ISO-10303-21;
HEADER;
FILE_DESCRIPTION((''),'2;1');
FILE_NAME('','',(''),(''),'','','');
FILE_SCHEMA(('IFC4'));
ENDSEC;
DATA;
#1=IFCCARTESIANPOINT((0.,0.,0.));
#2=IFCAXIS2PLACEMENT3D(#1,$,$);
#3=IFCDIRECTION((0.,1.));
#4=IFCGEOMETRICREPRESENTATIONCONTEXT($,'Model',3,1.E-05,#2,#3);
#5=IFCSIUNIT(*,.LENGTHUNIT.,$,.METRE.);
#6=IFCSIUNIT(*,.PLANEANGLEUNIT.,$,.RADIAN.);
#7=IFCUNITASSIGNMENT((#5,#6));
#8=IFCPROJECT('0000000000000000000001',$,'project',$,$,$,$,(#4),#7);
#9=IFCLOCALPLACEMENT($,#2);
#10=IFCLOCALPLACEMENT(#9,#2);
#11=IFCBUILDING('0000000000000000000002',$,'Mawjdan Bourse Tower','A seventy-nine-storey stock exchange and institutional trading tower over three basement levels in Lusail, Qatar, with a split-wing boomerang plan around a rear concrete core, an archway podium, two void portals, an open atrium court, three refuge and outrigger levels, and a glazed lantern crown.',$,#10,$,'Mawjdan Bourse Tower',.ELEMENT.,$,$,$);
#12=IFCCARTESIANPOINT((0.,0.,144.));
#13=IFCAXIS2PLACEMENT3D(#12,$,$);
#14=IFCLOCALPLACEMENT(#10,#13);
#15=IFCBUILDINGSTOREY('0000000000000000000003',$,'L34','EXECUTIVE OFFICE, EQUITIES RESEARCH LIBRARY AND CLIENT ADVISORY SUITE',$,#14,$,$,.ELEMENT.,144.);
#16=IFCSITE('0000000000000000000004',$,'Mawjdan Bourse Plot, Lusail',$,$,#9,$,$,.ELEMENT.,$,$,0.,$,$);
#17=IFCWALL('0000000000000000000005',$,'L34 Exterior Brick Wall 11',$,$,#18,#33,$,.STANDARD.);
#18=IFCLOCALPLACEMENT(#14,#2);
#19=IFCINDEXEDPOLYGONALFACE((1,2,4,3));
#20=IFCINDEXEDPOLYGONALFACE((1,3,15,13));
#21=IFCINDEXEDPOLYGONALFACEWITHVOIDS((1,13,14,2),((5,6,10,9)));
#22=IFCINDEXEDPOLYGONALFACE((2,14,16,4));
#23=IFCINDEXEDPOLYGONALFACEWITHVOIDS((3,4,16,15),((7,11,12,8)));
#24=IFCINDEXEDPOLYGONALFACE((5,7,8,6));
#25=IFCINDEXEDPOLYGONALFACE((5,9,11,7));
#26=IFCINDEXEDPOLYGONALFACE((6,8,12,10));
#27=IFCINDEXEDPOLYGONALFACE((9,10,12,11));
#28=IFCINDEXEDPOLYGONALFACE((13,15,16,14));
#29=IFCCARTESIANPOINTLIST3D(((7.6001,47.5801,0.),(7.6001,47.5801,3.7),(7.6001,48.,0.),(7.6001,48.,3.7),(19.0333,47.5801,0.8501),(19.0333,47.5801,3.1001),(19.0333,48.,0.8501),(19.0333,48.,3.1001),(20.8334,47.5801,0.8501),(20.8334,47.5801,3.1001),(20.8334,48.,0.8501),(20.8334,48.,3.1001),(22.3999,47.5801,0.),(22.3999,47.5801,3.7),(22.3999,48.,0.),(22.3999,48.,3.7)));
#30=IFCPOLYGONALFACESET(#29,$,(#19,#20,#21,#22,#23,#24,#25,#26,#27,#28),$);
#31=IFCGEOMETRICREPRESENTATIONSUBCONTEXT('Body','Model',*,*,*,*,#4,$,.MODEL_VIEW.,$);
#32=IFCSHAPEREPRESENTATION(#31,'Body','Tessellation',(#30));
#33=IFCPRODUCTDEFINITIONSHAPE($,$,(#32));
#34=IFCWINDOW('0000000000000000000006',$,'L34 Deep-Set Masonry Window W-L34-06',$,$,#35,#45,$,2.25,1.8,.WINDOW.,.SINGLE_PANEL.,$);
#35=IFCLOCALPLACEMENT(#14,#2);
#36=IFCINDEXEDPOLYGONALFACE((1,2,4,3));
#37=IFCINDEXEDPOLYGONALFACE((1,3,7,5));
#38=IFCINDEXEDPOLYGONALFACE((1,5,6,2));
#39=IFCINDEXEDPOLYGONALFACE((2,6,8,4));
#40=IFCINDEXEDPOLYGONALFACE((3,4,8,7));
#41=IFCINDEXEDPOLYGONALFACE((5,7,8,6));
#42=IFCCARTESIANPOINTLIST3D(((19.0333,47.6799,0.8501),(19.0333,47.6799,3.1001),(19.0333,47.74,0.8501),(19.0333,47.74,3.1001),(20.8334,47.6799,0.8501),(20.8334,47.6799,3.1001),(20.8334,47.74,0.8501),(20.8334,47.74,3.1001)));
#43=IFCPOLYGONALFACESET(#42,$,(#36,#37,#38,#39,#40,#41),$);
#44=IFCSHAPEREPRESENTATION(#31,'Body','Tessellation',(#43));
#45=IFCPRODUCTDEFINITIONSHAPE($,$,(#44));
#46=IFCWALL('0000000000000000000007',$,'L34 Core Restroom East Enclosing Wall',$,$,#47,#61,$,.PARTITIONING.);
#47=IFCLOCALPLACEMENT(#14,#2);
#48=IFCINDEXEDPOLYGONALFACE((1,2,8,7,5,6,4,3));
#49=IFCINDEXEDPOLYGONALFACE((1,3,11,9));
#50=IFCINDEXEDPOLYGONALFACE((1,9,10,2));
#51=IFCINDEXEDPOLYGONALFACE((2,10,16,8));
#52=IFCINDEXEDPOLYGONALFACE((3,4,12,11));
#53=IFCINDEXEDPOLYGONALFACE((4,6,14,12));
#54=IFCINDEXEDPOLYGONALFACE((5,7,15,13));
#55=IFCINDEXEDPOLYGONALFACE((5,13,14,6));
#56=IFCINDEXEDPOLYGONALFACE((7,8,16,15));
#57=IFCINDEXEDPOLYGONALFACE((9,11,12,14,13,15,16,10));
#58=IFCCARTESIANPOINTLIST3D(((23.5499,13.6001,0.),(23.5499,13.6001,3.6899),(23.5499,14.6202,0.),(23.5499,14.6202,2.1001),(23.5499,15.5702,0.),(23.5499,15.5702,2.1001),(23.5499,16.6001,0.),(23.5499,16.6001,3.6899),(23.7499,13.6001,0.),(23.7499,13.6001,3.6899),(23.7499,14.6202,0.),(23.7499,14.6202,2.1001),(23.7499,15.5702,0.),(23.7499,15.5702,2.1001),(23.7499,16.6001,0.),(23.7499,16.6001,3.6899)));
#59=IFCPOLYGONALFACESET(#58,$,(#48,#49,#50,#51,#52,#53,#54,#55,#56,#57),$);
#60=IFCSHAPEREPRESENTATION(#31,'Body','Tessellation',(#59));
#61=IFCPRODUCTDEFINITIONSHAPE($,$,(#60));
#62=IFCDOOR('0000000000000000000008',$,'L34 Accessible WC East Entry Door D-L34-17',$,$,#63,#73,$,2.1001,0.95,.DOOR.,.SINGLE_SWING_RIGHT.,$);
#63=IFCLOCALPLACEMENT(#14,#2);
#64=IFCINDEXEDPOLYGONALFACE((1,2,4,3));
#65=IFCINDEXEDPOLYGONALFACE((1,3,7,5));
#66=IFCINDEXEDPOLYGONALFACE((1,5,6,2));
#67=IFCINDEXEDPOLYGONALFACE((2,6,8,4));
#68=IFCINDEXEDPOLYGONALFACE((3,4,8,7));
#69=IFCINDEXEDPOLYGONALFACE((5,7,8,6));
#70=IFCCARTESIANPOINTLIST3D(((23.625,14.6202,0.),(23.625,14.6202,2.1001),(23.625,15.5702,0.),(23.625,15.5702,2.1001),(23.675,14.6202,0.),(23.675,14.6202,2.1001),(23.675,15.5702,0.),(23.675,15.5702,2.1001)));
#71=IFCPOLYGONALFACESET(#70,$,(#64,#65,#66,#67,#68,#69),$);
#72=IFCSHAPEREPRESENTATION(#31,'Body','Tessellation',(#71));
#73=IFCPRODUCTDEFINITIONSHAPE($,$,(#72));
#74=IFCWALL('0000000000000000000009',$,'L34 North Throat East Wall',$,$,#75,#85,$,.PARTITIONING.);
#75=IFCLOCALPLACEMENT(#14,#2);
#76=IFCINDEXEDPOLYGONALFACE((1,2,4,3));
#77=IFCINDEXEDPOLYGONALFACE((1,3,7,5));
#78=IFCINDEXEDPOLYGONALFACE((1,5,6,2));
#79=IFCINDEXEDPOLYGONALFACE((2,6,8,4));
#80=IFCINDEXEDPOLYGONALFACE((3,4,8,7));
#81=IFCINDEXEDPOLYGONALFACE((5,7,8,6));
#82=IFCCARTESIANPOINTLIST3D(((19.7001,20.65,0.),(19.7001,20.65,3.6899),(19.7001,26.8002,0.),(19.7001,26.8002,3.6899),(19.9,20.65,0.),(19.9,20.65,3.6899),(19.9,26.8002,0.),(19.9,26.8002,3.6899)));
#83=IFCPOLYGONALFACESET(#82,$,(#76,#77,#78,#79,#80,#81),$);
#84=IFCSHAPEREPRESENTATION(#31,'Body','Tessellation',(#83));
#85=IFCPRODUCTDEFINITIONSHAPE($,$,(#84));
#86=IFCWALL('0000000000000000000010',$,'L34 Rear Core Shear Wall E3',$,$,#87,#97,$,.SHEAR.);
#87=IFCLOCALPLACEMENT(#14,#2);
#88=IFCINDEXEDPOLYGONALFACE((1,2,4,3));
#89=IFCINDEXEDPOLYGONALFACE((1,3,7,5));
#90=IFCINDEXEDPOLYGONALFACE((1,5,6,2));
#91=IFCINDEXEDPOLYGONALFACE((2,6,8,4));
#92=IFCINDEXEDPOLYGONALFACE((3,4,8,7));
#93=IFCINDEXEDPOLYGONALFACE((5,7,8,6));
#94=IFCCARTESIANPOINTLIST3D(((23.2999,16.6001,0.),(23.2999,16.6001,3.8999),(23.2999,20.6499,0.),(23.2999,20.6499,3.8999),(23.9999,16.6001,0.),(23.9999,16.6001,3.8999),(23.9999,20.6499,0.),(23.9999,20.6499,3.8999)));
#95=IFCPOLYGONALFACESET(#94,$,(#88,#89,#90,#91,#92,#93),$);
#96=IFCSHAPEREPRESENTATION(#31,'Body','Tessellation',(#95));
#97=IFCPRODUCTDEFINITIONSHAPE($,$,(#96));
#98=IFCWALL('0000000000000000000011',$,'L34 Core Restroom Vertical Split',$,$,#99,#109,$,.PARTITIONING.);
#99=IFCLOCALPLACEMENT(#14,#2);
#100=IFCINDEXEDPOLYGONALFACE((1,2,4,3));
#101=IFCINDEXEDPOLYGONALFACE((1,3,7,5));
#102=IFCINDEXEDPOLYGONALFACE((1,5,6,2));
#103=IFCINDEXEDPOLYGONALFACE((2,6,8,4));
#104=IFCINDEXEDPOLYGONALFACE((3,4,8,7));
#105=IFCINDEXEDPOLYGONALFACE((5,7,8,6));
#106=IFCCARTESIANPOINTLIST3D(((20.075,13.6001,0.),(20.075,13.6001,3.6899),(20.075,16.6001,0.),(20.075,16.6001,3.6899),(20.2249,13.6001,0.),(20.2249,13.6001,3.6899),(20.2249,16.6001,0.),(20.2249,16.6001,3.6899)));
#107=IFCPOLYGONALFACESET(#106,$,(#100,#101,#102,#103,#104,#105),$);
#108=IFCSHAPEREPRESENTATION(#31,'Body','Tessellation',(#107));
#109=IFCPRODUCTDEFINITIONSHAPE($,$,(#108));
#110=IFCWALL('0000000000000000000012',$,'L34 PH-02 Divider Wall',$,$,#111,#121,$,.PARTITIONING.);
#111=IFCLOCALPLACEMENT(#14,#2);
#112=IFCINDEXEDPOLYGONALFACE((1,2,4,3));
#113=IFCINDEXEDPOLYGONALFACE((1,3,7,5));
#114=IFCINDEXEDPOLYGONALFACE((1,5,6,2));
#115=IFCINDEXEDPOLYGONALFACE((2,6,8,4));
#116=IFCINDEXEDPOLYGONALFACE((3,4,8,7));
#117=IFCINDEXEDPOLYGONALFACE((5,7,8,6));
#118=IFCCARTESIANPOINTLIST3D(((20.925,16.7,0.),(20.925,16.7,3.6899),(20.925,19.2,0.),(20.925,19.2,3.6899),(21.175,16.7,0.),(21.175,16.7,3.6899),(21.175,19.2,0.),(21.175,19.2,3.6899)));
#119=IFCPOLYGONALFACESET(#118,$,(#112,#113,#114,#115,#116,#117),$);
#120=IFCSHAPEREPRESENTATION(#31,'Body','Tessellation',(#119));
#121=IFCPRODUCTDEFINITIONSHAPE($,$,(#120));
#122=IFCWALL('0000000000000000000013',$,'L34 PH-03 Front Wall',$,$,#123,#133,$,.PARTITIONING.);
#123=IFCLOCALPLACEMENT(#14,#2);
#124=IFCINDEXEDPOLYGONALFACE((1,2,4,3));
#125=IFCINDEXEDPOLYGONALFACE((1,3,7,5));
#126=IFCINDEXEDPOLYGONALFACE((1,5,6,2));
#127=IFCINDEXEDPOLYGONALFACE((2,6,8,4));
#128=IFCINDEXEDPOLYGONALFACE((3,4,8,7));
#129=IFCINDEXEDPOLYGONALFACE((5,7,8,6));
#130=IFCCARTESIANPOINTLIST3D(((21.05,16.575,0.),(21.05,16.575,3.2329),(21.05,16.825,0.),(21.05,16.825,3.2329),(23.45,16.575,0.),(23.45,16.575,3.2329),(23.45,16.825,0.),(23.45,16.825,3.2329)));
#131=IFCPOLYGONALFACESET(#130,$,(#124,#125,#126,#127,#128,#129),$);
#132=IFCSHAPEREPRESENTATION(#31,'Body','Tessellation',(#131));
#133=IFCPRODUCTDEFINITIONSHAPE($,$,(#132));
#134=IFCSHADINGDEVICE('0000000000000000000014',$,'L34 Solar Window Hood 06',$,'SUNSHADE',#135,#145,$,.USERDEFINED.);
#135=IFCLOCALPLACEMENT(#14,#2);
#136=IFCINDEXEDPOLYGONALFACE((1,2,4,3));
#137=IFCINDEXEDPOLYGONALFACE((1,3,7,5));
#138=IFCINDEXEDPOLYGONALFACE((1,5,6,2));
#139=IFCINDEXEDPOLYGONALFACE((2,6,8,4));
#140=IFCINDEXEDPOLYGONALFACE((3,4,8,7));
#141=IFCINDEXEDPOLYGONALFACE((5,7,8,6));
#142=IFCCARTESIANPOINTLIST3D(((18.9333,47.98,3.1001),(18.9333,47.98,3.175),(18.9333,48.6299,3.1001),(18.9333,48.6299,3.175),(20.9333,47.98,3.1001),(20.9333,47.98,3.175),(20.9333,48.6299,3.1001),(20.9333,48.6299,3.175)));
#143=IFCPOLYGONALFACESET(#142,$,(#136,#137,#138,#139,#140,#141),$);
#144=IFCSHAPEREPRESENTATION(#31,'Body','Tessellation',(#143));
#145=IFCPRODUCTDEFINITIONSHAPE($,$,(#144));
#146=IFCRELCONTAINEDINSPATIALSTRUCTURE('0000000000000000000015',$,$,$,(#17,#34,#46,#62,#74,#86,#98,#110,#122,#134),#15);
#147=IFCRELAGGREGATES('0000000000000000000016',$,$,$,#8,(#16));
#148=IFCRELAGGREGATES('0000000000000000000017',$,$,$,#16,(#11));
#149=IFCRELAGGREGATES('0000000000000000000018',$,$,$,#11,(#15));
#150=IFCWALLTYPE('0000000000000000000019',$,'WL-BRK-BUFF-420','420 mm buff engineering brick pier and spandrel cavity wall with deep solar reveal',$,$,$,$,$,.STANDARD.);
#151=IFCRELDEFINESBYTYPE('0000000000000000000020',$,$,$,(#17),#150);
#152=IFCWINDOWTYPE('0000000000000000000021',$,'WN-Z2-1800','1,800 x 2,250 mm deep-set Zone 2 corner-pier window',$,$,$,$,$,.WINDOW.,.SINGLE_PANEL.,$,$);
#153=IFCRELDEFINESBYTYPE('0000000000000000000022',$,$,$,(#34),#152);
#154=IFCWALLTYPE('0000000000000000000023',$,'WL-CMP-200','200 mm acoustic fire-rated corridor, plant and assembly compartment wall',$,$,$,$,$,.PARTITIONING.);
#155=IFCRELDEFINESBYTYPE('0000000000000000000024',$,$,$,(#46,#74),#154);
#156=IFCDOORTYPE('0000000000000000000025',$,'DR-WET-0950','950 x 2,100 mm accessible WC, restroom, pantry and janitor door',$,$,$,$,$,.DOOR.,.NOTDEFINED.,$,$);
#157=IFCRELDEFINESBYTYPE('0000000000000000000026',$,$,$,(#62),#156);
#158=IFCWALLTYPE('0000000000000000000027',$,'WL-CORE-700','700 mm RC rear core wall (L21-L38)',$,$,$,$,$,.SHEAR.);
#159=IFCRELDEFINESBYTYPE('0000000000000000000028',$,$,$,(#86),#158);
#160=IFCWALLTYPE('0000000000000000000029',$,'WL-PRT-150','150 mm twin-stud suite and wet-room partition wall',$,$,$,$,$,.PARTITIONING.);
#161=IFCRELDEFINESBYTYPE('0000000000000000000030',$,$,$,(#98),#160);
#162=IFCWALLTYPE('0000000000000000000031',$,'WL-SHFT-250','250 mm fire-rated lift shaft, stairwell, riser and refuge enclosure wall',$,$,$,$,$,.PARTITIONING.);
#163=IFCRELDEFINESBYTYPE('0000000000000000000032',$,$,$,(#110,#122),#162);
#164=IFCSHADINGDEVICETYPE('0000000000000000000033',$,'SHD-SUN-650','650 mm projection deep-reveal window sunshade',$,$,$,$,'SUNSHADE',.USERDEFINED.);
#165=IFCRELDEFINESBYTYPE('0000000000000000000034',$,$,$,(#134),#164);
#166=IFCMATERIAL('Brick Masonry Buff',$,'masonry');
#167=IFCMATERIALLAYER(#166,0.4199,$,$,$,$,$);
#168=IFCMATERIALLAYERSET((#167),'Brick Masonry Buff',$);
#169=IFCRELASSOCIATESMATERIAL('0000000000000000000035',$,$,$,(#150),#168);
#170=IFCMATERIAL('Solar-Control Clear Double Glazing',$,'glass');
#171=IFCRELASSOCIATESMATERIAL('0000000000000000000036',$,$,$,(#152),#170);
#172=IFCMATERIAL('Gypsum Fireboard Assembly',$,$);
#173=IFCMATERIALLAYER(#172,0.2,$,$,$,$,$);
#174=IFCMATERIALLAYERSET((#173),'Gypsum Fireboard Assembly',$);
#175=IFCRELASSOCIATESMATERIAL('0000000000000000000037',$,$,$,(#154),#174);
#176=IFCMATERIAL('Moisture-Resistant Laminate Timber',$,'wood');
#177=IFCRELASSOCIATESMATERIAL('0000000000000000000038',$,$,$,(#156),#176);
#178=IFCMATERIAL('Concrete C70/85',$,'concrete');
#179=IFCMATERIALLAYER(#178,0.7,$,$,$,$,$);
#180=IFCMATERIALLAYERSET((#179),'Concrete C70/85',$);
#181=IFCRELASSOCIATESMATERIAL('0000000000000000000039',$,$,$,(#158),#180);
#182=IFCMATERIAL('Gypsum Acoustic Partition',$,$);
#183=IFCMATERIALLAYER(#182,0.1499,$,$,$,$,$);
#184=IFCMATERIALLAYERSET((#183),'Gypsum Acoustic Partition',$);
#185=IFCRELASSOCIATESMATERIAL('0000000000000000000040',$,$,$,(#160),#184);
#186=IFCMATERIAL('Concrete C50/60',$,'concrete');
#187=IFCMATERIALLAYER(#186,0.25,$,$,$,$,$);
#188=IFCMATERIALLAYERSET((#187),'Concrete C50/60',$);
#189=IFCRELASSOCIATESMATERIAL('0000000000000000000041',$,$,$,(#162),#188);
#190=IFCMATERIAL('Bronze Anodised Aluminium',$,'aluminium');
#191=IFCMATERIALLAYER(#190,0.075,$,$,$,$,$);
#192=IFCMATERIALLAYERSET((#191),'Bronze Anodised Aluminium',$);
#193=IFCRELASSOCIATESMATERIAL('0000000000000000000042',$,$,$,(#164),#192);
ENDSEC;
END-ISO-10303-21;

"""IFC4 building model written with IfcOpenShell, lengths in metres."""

from ifc_helpers import new_model, si_unit, direction, frame, frame_2d, origin, origin_2d, place, context, subcontext, project, spatial, rectangle, extrude, material, layer, layer_set, type_object, element, fill, save


model = new_model("IFC4")

# Units and contexts
model_context = context("Model", 3, precision=1e-05, world=origin(), true_north=direction((0.0, 1.0)))
body_context = subcontext(model_context, "Body", "Model", "MODEL_VIEW")
ifc_project = project(units=[si_unit("LENGTHUNIT", "METRE"), si_unit("PLANEANGLEUNIT", "RADIAN")], contexts=[model_context])

# Site, building, storey
site_placement = place(None, origin())
site = spatial("IfcSite", under=ifc_project, at=site_placement, Name="Mawjdan Bourse Plot, Lusail", CompositionType="ELEMENT", RefElevation=0.0)
building_placement = place(site_placement, origin())
building = spatial("IfcBuilding", under=site, at=building_placement, Name="Mawjdan Bourse Tower", Description="A seventy-nine-storey stock exchange and institutional trading tower over three basement levels in Lusail, Qatar, with a split-wing boomerang plan around a rear concrete core, an archway podium, two void portals, an open atrium court, three refuge and outrigger levels, and a glazed lantern crown.", LongName="Mawjdan Bourse Tower", CompositionType="ELEMENT")
storey_placement = place(building_placement, frame((0.0, 0.0, 144.0)))
storey = spatial("IfcBuildingStorey", under=building, at=storey_placement, Name="L34", Description="EXECUTIVE OFFICE, EQUITIES RESEARCH LIBRARY AND CLIENT ADVISORY SUITE", CompositionType="ELEMENT", Elevation=144.0)

# Shared definitions
ifc_material_1 = material(Name="Concrete C70/85", Category="concrete")

# Shared definitions
ifc_material_2 = material(Name="Brick Masonry Buff", Category="masonry")
ifc_layer_1 = layer(ifc_material_2, 0.4199)
ifc_layer_set_1 = layer_set([ifc_layer_1], Name="Brick Masonry Buff")
wall_type_1 = type_object("IfcWallType", Name="WL-BRK-BUFF-420", Description="420 mm buff engineering brick pier and spandrel cavity wall with deep solar reveal", PredefinedType="STANDARD", material=ifc_layer_set_1)
ifc_material_3 = material(Name="Solar-Control Clear Double Glazing", Category="glass")

# Wall, opening, window
wall_1_placement = place(storey_placement, frame((22.3999, 47.79, 0.0), z_axis=(0.0, 0.0, 1.0), x_axis=(-1.0, 0.0, 0.0)))
wall_1 = element("IfcWall", 1, at=wall_1_placement, inside=storey, type_object=wall_type_1, Name="L34 Exterior Brick Wall 11", PredefinedType="STANDARD", context=body_context, shape_type="SweptSolid", body=[
    extrude(rectangle(XDim=14.7998, YDim=0.4199, at=frame_2d((7.3999, 0.0))), origin(), (0.0, 0.0, 1.0), 3.7),
])
opening_1_placement = place(wall_1_placement, frame((1.5667, 0.0, 0.8501)))
opening_1 = element("IfcOpeningElement", 2, at=opening_1_placement, cuts=wall_1, PredefinedType="OPENING", context=body_context, shape_type="SweptSolid", body=[
    extrude(rectangle(XDim=1.8, YDim=2.25, at=frame_2d((0.8999, 1.125))), frame((0.0, 0.22, 0.0), z_axis=(0.0, -1.0, 0.0), x_axis=(1.0, 0.0, 0.0)), (0.0, 0.0, 1.0), 0.4399),
])
window_type_1 = type_object("IfcWindowType", Name="WN-Z2-1800", Description="1,800 x 2,250 mm deep-set Zone 2 corner-pier window", PartitioningType="SINGLE_PANEL", PredefinedType="WINDOW", material=ifc_material_3)
window_1_placement = place(opening_1_placement, origin())
window_1 = element("IfcWindow", 3, at=window_1_placement, inside=storey, type_object=window_type_1, Name="L34 Deep-Set Masonry Window W-L34-06", OverallHeight=2.25, OverallWidth=1.8, PartitioningType="SINGLE_PANEL", PredefinedType="WINDOW", context=body_context, shape_type="SweptSolid", body=[
    extrude(rectangle(XDim=1.8, YDim=2.25, at=frame_2d((0.8999, 1.125))), frame((0.0, 0.1101, 0.0), z_axis=(0.0, -1.0, 0.0), x_axis=(1.0, 0.0, 0.0)), (0.0, 0.0, 1.0), 0.0601),
])
fill(opening_1, window_1)

# Wall, opening, door
ifc_material_4 = material(Name="Gypsum Fireboard Assembly")
ifc_layer_2 = layer(ifc_material_4, 0.2)
ifc_layer_set_2 = layer_set([ifc_layer_2], Name="Gypsum Fireboard Assembly")
wall_type_2 = type_object("IfcWallType", Name="WL-CMP-200", Description="200 mm acoustic fire-rated corridor, plant and assembly compartment wall", PredefinedType="PARTITIONING", material=ifc_layer_set_2)
wall_2_placement = place(storey_placement, frame((23.6499, 13.6001, 0.0), z_axis=(0.0, 0.0, 1.0), x_axis=(0.0, 1.0, 0.0)))
wall_2 = element("IfcWall", 4, at=wall_2_placement, inside=storey, type_object=wall_type_2, Name="L34 Core Restroom East Enclosing Wall", PredefinedType="PARTITIONING", context=body_context, shape_type="SweptSolid", body=[
    extrude(rectangle(XDim=3.0, YDim=0.2, at=frame_2d((1.5, 0.0))), origin(), (0.0, 0.0, 1.0), 3.6899),
])
opening_2_placement = place(wall_2_placement, frame((1.02, 0.0, 0.0)))
opening_2 = element("IfcOpeningElement", 5, at=opening_2_placement, cuts=wall_2, PredefinedType="OPENING", context=body_context, shape_type="SweptSolid", body=[
    extrude(rectangle(XDim=0.95, YDim=2.1001, at=frame_2d((0.4751, 1.05))), frame((0.0, 0.1099, 0.0), z_axis=(0.0, -1.0, 0.0), x_axis=(1.0, 0.0, 0.0)), (0.0, 0.0, 1.0), 0.22),
])
ifc_material_5 = material(Name="Moisture-Resistant Laminate Timber", Category="wood")
door_type_1 = type_object("IfcDoorType", Name="DR-WET-0950", Description="950 x 2,100 mm accessible WC, restroom, pantry and janitor door", OperationType="NOTDEFINED", PredefinedType="DOOR", material=ifc_material_5)
door_1_placement = place(opening_2_placement, origin())
door_1 = element("IfcDoor", 6, at=door_1_placement, inside=storey, type_object=door_type_1, Name="L34 Accessible WC East Entry Door D-L34-17", OperationType="SINGLE_SWING_RIGHT", OverallHeight=2.1001, OverallWidth=0.95, PredefinedType="DOOR", context=body_context, shape_type="SweptSolid", body=[
    extrude(rectangle(XDim=0.95, YDim=2.1001, at=frame_2d((0.4751, 1.05))), frame((0.0, 0.0249, 0.0), z_axis=(0.0, -1.0, 0.0), x_axis=(1.0, 0.0, 0.0)), (0.0, 0.0, 1.0), 0.05),
])
fill(opening_2, door_1)

# Walls
wall_3_placement = place(storey_placement, frame((19.8, 20.6499, 0.0), z_axis=(0.0, 0.0, 1.0), x_axis=(0.0, 1.0, 0.0)))
element("IfcWall", 7, at=wall_3_placement, inside=storey, type_object=wall_type_2, Name="L34 North Throat East Wall", PredefinedType="PARTITIONING", context=body_context, shape_type="SweptSolid", body=[
    extrude(rectangle(XDim=6.1501, YDim=0.2, at=frame_2d((3.0752, 0.0))), origin(), (0.0, 0.0, 1.0), 3.6899),
])
ifc_layer_3 = layer(ifc_material_1, 0.7)
ifc_layer_set_3 = layer_set([ifc_layer_3], Name="Concrete C70/85")
wall_type_3 = type_object("IfcWallType", Name="WL-CORE-700", Description="700 mm RC rear core wall (L21-L38)", PredefinedType="SHEAR", material=ifc_layer_set_3)
wall_4_placement = place(storey_placement, frame((23.6499, 16.6001, 0.0), z_axis=(0.0, 0.0, 1.0), x_axis=(0.0, 1.0, 0.0)))
element("IfcWall", 8, at=wall_4_placement, inside=storey, type_object=wall_type_3, Name="L34 Rear Core Shear Wall E3", PredefinedType="SHEAR", context=body_context, shape_type="SweptSolid", body=[
    extrude(rectangle(XDim=4.0498, YDim=0.7, at=frame_2d((2.0249, 0.0))), origin(), (0.0, 0.0, 1.0), 3.8999),
])
ifc_material_6 = material(Name="Gypsum Acoustic Partition")
ifc_layer_4 = layer(ifc_material_6, 0.1499)
ifc_layer_set_4 = layer_set([ifc_layer_4], Name="Gypsum Acoustic Partition")
wall_type_4 = type_object("IfcWallType", Name="WL-PRT-150", Description="150 mm twin-stud suite and wet-room partition wall", PredefinedType="PARTITIONING", material=ifc_layer_set_4)
wall_5_placement = place(storey_placement, frame((20.1499, 13.6001, 0.0), z_axis=(0.0, 0.0, 1.0), x_axis=(0.0, 1.0, 0.0)))
element("IfcWall", 9, at=wall_5_placement, inside=storey, type_object=wall_type_4, Name="L34 Core Restroom Vertical Split", PredefinedType="PARTITIONING", context=body_context, shape_type="SweptSolid", body=[
    extrude(rectangle(XDim=3.0, YDim=0.1499, at=frame_2d((1.5, 0.0))), origin(), (0.0, 0.0, 1.0), 3.6899),
])
ifc_material_7 = material(Name="Concrete C50/60", Category="concrete")
ifc_layer_5 = layer(ifc_material_7, 0.25)
ifc_layer_set_5 = layer_set([ifc_layer_5], Name="Concrete C50/60")
wall_type_5 = type_object("IfcWallType", Name="WL-SHFT-250", Description="250 mm fire-rated lift shaft, stairwell, riser and refuge enclosure wall", PredefinedType="PARTITIONING", material=ifc_layer_set_5)
wall_6_placement = place(storey_placement, frame((21.05, 16.7, 0.0), z_axis=(0.0, 0.0, 1.0), x_axis=(0.0, 1.0, 0.0)))
element("IfcWall", 10, at=wall_6_placement, inside=storey, type_object=wall_type_5, Name="L34 PH-02 Divider Wall", PredefinedType="PARTITIONING", context=body_context, shape_type="SweptSolid", body=[
    extrude(rectangle(XDim=2.5, YDim=0.25, at=frame_2d((1.25, 0.0))), origin(), (0.0, 0.0, 1.0), 3.6899),
])
wall_7_placement = place(storey_placement, frame((21.05, 16.7, 0.0), z_axis=(0.0, 0.0, 1.0), x_axis=(1.0, 0.0, 0.0)))
element("IfcWall", 11, at=wall_7_placement, inside=storey, type_object=wall_type_5, Name="L34 PH-03 Front Wall", PredefinedType="PARTITIONING", context=body_context, shape_type="SweptSolid", body=[
    extrude(rectangle(XDim=2.3999, YDim=0.25, at=frame_2d((1.2, 0.0))), origin(), (0.0, 0.0, 1.0), 3.2329),
])

# Shading device
ifc_material_8 = material(Name="Bronze Anodised Aluminium", Category="aluminium")
ifc_layer_6 = layer(ifc_material_8, 0.075)
ifc_layer_set_6 = layer_set([ifc_layer_6], Name="Bronze Anodised Aluminium")
shading_device_type = type_object("IfcShadingDeviceType", Name="SHD-SUN-650", Description="650 mm projection deep-reveal window sunshade", ElementType="SUNSHADE", PredefinedType="USERDEFINED", material=ifc_layer_set_6)
shading_device_placement = place(storey_placement, frame((19.9333, 48.3049, 3.1001), z_axis=(0.0, 0.0, 1.0), x_axis=(-1.0, 0.0, 0.0)))
element("IfcShadingDevice", 12, at=shading_device_placement, inside=storey, type_object=shading_device_type, Name="L34 Solar Window Hood 06", ObjectType="SUNSHADE", PredefinedType="USERDEFINED", context=body_context, shape_type="SweptSolid", body=[
    extrude(rectangle(XDim=2.0, YDim=0.6499, at=origin_2d()), origin(), (0.0, 0.0, 1.0), 0.075),
])

save(model, "model.ifc")
